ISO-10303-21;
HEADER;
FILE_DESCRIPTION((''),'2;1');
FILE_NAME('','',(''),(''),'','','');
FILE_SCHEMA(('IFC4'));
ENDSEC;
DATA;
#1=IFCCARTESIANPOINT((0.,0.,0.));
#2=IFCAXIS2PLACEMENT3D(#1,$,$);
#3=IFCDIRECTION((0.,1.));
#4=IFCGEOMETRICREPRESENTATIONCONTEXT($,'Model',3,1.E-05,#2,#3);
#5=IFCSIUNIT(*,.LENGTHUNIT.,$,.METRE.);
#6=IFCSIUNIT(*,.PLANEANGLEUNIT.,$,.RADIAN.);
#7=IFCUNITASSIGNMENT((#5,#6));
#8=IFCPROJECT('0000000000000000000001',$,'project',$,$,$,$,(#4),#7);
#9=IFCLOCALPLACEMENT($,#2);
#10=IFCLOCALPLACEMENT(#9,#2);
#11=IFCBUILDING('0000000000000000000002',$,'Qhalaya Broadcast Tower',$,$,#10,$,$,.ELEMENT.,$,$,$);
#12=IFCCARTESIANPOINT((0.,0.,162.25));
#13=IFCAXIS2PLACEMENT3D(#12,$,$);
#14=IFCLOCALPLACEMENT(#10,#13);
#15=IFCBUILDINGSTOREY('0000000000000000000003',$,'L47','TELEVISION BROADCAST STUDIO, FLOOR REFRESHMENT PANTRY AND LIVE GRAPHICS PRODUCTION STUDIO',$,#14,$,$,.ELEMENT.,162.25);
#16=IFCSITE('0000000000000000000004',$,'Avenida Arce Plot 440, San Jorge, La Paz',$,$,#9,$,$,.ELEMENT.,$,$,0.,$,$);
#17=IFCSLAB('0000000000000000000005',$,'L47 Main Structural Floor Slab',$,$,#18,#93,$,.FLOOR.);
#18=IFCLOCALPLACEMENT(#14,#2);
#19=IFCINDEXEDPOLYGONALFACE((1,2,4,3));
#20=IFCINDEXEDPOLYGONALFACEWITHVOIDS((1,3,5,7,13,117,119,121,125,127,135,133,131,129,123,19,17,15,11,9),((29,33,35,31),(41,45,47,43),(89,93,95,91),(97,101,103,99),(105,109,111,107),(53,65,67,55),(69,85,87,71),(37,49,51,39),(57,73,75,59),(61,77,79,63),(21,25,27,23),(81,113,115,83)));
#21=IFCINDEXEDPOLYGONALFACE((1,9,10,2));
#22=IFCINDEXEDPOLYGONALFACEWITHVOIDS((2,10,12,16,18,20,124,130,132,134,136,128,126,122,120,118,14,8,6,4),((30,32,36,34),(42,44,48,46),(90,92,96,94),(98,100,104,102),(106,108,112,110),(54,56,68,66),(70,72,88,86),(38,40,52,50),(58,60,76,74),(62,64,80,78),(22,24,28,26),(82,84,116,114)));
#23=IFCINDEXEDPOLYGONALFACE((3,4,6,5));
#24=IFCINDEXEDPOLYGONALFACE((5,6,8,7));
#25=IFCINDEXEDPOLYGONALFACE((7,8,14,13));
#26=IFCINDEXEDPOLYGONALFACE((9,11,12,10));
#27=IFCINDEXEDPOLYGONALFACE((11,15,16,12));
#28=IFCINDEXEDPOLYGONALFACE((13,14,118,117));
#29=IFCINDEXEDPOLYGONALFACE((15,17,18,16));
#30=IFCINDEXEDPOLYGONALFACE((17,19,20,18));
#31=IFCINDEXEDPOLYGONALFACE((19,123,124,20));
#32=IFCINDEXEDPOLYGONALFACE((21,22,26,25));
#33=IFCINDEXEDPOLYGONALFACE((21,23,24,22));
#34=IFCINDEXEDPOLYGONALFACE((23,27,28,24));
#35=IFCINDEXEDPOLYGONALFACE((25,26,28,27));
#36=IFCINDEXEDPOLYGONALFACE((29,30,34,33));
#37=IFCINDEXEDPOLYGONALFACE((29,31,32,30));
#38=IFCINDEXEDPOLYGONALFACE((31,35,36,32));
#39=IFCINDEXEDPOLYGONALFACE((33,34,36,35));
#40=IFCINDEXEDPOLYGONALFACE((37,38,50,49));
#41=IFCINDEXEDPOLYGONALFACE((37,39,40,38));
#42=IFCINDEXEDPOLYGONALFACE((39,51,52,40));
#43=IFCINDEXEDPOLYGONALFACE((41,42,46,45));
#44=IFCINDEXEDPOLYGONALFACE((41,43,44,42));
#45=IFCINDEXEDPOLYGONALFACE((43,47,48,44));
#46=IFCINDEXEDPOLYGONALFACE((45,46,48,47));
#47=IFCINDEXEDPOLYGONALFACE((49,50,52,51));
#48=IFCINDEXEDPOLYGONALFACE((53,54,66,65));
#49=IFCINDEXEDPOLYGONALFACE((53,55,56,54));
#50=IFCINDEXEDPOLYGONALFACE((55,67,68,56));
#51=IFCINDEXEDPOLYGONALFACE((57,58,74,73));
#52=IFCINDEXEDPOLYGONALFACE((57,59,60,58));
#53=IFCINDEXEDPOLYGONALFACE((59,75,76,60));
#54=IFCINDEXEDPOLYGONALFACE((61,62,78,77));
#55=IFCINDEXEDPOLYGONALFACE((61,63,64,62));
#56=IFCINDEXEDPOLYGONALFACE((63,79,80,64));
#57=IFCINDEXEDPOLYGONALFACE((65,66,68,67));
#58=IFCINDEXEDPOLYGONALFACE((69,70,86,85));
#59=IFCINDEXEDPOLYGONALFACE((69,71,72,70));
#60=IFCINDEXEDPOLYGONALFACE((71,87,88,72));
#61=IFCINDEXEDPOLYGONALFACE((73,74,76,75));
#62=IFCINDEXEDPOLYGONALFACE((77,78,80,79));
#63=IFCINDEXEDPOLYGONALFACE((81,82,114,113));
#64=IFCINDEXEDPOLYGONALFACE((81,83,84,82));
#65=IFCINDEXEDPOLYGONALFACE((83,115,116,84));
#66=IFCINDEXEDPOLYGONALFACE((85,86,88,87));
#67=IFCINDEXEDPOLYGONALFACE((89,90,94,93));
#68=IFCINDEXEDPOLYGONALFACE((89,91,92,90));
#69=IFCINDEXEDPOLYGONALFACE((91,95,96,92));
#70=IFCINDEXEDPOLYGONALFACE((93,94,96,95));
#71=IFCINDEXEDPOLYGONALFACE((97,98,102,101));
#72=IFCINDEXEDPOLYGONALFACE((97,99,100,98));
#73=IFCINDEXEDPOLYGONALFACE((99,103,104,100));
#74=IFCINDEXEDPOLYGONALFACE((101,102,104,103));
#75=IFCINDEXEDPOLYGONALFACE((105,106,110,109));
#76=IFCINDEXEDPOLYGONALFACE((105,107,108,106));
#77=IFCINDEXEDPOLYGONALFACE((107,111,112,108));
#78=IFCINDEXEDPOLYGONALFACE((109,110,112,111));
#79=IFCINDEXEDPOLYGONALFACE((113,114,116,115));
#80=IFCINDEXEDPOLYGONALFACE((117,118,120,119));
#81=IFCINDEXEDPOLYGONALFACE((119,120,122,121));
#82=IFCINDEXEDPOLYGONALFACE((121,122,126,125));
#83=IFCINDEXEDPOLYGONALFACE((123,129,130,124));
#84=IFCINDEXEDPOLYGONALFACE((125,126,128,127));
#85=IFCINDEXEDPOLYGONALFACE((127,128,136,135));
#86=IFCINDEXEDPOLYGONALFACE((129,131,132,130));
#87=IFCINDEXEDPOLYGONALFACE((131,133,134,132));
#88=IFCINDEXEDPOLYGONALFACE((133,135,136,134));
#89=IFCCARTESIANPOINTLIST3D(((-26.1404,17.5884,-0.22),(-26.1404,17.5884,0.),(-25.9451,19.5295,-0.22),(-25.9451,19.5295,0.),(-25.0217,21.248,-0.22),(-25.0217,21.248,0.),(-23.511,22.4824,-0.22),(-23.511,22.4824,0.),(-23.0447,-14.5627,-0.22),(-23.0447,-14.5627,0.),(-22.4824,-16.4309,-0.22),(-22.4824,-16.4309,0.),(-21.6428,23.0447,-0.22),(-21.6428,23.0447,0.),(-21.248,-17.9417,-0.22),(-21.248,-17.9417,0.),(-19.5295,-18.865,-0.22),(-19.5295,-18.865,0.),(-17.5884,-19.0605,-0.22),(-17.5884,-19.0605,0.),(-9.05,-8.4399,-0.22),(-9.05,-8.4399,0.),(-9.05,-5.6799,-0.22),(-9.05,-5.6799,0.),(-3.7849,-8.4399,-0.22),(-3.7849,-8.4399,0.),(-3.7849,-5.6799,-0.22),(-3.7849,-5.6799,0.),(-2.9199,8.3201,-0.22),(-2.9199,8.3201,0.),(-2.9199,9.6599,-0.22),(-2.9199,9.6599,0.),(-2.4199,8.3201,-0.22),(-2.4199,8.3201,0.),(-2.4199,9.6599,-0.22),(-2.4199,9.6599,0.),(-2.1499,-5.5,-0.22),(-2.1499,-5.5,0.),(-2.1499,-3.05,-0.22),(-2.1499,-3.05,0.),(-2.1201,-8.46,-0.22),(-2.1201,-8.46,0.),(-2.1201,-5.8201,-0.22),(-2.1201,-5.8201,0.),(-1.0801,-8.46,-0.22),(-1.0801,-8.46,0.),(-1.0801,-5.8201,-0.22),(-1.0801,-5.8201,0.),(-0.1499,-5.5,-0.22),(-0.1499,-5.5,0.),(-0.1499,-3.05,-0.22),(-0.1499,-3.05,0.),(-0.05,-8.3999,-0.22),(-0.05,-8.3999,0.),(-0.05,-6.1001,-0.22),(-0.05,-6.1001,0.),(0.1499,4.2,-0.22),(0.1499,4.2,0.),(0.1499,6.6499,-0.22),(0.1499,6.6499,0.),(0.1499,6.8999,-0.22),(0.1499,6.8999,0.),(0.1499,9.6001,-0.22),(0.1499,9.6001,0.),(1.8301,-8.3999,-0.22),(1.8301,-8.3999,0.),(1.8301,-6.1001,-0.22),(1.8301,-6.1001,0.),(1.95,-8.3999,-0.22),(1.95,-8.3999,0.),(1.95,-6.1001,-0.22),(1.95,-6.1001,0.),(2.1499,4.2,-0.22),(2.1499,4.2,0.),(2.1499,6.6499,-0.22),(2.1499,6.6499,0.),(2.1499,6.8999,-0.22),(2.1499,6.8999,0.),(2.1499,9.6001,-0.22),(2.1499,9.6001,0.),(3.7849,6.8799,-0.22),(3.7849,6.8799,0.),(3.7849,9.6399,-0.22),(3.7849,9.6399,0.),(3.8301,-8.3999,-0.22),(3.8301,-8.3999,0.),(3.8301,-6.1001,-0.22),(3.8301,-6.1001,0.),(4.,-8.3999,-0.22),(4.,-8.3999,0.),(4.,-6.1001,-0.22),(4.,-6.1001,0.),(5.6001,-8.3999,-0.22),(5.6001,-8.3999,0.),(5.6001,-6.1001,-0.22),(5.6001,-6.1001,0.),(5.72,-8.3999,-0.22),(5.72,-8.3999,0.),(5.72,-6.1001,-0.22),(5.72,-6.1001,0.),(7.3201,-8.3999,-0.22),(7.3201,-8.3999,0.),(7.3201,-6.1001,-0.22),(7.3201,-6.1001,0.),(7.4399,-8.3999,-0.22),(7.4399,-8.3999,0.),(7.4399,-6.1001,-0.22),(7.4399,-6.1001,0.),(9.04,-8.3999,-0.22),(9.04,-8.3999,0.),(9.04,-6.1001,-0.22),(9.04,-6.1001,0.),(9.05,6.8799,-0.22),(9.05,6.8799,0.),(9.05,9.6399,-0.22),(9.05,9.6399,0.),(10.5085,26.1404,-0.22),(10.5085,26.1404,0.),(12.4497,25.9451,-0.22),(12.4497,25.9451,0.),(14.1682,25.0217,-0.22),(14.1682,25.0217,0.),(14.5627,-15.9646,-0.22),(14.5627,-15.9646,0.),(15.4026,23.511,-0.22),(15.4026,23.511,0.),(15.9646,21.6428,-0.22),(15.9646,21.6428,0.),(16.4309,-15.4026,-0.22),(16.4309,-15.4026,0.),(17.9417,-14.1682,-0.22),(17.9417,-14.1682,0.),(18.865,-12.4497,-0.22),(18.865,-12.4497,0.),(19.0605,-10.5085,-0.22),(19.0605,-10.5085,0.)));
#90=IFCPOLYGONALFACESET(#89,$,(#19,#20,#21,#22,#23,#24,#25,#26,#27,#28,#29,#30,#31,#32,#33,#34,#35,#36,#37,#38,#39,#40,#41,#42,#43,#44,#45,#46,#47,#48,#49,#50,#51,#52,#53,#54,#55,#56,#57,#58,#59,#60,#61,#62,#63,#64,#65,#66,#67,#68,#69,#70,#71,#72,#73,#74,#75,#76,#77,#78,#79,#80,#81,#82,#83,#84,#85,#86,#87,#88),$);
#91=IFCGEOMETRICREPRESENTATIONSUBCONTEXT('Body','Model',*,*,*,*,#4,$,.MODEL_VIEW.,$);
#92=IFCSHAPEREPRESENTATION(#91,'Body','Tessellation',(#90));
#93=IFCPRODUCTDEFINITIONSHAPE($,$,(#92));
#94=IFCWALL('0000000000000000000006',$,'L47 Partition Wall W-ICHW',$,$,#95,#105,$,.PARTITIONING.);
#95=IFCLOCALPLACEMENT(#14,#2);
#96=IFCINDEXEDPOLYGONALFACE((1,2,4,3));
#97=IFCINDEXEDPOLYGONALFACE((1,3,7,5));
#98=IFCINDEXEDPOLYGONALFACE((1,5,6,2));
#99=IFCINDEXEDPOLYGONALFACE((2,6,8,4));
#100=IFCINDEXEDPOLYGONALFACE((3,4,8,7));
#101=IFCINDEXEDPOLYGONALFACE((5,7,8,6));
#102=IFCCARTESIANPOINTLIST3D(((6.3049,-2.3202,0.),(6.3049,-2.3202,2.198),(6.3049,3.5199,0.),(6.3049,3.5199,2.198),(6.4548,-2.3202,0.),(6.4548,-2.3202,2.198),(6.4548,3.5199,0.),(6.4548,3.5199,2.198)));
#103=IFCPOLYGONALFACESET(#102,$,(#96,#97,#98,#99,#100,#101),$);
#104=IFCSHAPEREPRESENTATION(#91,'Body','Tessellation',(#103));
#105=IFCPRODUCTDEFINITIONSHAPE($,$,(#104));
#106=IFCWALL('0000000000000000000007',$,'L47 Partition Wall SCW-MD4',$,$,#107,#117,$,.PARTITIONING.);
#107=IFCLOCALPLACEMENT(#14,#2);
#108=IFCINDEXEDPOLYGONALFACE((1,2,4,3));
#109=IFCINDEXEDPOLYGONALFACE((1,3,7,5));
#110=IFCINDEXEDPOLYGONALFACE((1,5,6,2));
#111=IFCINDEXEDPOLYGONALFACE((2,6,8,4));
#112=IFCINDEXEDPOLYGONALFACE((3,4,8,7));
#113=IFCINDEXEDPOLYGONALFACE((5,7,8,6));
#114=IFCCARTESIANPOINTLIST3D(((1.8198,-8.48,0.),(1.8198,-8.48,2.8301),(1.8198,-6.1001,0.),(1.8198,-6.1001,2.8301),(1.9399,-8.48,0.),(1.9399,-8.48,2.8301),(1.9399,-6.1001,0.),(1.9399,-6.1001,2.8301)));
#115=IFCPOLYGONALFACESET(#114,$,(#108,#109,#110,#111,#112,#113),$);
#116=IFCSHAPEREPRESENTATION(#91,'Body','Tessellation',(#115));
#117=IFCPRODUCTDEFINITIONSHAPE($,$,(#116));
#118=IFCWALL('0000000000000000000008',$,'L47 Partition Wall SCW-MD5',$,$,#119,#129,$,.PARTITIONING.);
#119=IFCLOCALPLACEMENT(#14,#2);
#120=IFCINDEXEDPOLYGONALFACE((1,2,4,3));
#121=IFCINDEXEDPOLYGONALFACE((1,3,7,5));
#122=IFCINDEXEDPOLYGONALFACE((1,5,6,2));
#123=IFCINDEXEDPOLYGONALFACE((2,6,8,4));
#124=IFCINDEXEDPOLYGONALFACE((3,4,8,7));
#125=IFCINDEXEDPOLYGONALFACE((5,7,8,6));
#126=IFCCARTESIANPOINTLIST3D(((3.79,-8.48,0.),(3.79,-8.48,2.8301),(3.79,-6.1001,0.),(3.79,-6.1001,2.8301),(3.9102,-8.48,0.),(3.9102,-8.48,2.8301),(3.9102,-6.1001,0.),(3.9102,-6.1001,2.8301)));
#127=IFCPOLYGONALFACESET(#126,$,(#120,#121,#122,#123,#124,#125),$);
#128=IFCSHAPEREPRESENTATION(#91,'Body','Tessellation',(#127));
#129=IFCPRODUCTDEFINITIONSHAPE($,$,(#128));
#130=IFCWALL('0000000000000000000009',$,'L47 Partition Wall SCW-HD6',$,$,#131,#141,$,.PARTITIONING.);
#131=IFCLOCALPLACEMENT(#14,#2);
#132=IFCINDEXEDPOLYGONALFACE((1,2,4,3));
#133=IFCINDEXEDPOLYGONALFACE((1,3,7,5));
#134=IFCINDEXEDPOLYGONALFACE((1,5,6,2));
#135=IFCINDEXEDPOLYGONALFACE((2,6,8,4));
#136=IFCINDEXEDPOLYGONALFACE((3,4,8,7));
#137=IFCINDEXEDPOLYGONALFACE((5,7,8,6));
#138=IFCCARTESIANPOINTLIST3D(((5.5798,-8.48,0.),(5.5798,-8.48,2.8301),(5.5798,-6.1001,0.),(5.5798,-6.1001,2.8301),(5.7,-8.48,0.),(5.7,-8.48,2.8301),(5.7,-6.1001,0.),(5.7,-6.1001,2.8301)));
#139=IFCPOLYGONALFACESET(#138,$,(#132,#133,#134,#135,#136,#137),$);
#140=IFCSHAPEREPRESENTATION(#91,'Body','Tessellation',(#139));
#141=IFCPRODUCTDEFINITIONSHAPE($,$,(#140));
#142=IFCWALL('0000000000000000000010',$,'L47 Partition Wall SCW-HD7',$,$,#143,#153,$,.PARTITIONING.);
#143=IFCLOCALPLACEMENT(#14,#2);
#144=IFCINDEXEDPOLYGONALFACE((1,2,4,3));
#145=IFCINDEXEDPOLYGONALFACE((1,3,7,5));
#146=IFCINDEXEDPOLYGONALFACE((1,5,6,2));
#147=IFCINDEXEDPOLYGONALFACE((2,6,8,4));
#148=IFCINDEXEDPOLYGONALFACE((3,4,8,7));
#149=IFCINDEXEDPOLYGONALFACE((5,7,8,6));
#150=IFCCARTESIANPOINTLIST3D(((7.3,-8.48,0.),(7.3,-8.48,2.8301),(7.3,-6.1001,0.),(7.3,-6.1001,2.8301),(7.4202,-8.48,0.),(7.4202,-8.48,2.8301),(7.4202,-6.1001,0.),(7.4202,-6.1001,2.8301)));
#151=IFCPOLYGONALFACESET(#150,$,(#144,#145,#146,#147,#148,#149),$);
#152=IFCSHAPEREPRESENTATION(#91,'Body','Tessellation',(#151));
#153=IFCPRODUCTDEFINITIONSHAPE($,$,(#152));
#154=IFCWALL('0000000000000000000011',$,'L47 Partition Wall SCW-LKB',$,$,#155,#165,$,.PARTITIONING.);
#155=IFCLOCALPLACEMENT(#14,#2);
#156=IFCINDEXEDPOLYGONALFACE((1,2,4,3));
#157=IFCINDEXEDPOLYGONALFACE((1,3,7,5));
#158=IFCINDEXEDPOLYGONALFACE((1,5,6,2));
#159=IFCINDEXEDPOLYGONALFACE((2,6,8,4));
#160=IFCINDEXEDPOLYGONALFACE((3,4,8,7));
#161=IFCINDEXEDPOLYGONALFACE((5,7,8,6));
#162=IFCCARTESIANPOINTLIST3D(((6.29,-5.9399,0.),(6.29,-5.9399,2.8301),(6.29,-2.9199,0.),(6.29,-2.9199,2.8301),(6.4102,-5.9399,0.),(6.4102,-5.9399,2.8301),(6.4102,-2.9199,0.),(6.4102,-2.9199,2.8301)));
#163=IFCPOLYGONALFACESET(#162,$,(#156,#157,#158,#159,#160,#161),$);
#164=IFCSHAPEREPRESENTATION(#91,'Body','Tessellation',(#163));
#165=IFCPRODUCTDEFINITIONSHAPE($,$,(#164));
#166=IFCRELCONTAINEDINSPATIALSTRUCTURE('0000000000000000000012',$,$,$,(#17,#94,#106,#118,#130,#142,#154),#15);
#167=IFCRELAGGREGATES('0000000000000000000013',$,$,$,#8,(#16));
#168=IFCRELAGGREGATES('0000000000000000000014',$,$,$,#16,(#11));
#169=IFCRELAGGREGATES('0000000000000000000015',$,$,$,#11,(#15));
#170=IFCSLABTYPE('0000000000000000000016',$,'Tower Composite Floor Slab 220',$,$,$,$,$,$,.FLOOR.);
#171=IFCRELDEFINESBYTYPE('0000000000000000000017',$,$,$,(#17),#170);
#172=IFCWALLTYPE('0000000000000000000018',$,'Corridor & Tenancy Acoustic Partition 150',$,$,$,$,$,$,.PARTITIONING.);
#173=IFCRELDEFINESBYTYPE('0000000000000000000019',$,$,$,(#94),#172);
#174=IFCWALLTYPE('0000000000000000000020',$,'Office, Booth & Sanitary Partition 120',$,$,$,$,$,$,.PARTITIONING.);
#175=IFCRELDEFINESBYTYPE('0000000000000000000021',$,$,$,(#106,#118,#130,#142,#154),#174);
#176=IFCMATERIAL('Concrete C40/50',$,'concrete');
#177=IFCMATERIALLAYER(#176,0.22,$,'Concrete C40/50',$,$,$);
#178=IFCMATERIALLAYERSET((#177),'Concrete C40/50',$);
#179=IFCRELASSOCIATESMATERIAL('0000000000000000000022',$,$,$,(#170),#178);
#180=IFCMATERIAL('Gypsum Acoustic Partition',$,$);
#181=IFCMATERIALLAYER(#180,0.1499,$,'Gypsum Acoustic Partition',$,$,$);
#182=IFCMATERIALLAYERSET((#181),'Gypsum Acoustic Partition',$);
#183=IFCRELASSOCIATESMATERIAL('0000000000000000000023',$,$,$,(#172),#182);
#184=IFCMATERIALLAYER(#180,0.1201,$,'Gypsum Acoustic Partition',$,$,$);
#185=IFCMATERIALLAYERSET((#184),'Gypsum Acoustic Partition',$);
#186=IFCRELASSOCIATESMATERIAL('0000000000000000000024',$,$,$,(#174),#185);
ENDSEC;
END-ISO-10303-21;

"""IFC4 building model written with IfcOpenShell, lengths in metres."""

from ifc_helpers import new_model, si_unit, direction, frame, frame_2d, origin, place, context, subcontext, project, spatial, polyline, rectangle, outline, extrude, material, layer, layer_set, type_object, element, save


model = new_model("IFC4")

# Units and contexts
model_context = context("Model", 3, precision=1e-05, world=origin(), true_north=direction((0.0, 1.0)))
body_context = subcontext(model_context, "Body", "Model", "MODEL_VIEW")
ifc_project = project(units=[si_unit("LENGTHUNIT", "METRE"), si_unit("PLANEANGLEUNIT", "RADIAN")], contexts=[model_context])

# Site, building, storey
site_placement = place(None, origin())
site = spatial("IfcSite", under=ifc_project, at=site_placement, Name="Avenida Arce Plot 440, San Jorge, La Paz", CompositionType="ELEMENT", RefElevation=0.0)
building_placement = place(site_placement, origin())
building = spatial("IfcBuilding", under=site, at=building_placement, Name="Qhalaya Broadcast Tower", CompositionType="ELEMENT")
storey_placement = place(building_placement, frame((0.0, 0.0, 162.25)))
storey = spatial("IfcBuildingStorey", under=building, at=storey_placement, Name="L47", Description="TELEVISION BROADCAST STUDIO, FLOOR REFRESHMENT PANTRY AND LIVE GRAPHICS PRODUCTION STUDIO", CompositionType="ELEMENT", Elevation=162.25)

# Shared definitions
ifc_material_1 = material(Name="Concrete C40/50", Category="concrete")

# Slab
ifc_layer_1 = layer(ifc_material_1, 0.22, Name="Concrete C40/50")
ifc_layer_set_1 = layer_set([ifc_layer_1], Name="Concrete C40/50")
slab_type_1 = type_object("IfcSlabType", Name="Tower Composite Floor Slab 220", PredefinedType="FLOOR", material=ifc_layer_set_1)
slab_1_placement = place(storey_placement, frame((0.0, 0.0, -0.22)))
element("IfcSlab", 1, at=slab_1_placement, inside=storey, type_object=slab_type_1, Name="L47 Main Structural Floor Slab", PredefinedType="FLOOR", context=body_context, shape_type="SweptSolid", body=[
    extrude(outline(polyline([(14.5627, -15.9646), (16.4309, -15.4026), (17.9417, -14.1682), (18.865, -12.4497), (19.0605, -10.5085), (15.9646, 21.6428), (15.4026, 23.511), (14.1682, 25.0217), (12.4497, 25.9451), (10.5085, 26.1404), (-21.6428, 23.0447), (-23.511, 22.4824), (-25.0217, 21.248), (-25.9451, 19.5295), (-26.1404, 17.5884), (-23.0447, -14.5627), (-22.4824, -16.4309), (-21.248, -17.9417), (-19.5295, -18.865), (-17.5884, -19.0605), (14.5627, -15.9646)]), holes=[polyline([(3.7849, 9.6399), (9.05, 9.6399), (9.05, 6.8799), (3.7849, 6.8799), (3.7849, 9.6399)]), polyline([(-3.7849, -8.4399), (-9.05, -8.4399), (-9.05, -5.6799), (-3.7849, -5.6799), (-3.7849, -8.4399)]), polyline([(0.1499, 6.6499), (2.1499, 6.6499), (2.1499, 4.2), (0.1499, 4.2), (0.1499, 6.6499)]), polyline([(0.1499, 9.6001), (2.1499, 9.6001), (2.1499, 6.8999), (0.1499, 6.8999), (0.1499, 9.6001)]), polyline([(-2.1499, -3.05), (-0.1499, -3.05), (-0.1499, -5.5), (-2.1499, -5.5), (-2.1499, -3.05)]), polyline([(-0.05, -6.1001), (1.8301, -6.1001), (1.8301, -8.3999), (-0.05, -8.3999), (-0.05, -6.1001)]), polyline([(1.95, -6.1001), (3.8301, -6.1001), (3.8301, -8.3999), (1.95, -8.3999), (1.95, -6.1001)]), polyline([(4.0, -6.1001), (5.6001, -6.1001), (5.6001, -8.3999), (4.0, -8.3999), (4.0, -6.1001)]), polyline([(5.72, -6.1001), (7.3201, -6.1001), (7.3201, -8.3999), (5.72, -8.3999), (5.72, -6.1001)]), polyline([(7.4399, -6.1001), (9.04, -6.1001), (9.04, -8.3999), (7.4399, -8.3999), (7.4399, -6.1001)]), polyline([(-2.9199, 9.6599), (-2.4199, 9.6599), (-2.4199, 8.3201), (-2.9199, 8.3201), (-2.9199, 9.6599)]), polyline([(-2.1201, -5.8201), (-1.0801, -5.8201), (-1.0801, -8.46), (-2.1201, -8.46), (-2.1201, -5.8201)])]), origin(), (0.0, 0.0, 1.0), 0.22),
])

# Walls
ifc_material_2 = material(Name="Gypsum Acoustic Partition")
ifc_layer_2 = layer(ifc_material_2, 0.1499, Name="Gypsum Acoustic Partition")
ifc_layer_set_2 = layer_set([ifc_layer_2], Name="Gypsum Acoustic Partition")
wall_type_1 = type_object("IfcWallType", Name="Corridor & Tenancy Acoustic Partition 150", PredefinedType="PARTITIONING", material=ifc_layer_set_2)
wall_1_placement = place(storey_placement, frame((6.3799, -2.3201, 0.0), z_axis=(0.0, 0.0, 1.0), x_axis=(0.0, 1.0, 0.0)))
element("IfcWall", 2, at=wall_1_placement, inside=storey, type_object=wall_type_1, Name="L47 Partition Wall W-ICHW", PredefinedType="PARTITIONING", context=body_context, shape_type="SweptSolid", body=[
    extrude(rectangle(XDim=5.8401, YDim=0.1499, at=frame_2d((2.9199, 0.0))), origin(), (0.0, 0.0, 1.0), 2.198),
])
ifc_layer_3 = layer(ifc_material_2, 0.1201, Name="Gypsum Acoustic Partition")
ifc_layer_set_3 = layer_set([ifc_layer_3], Name="Gypsum Acoustic Partition")
wall_type_2 = type_object("IfcWallType", Name="Office, Booth & Sanitary Partition 120", PredefinedType="PARTITIONING", material=ifc_layer_set_3)
for number, where, z_axis, x_axis, name in (
    (3, (1.8799, -8.48, 0.0), (0.0, 0.0, 1.0), (0.0, 1.0, 0.0), "L47 Partition Wall SCW-MD4"),
    (4, (3.8501, -8.48, 0.0), (0.0, 0.0, 1.0), (0.0, 1.0, 0.0), "L47 Partition Wall SCW-MD5"),
    (5, (5.6399, -8.48, 0.0), (0.0, 0.0, 1.0), (0.0, 1.0, 0.0), "L47 Partition Wall SCW-HD6"),
    (6, (7.3601, -8.48, 0.0), (0.0, 0.0, 1.0), (0.0, 1.0, 0.0), "L47 Partition Wall SCW-HD7"),
):
    element("IfcWall", number, at=place(storey_placement, frame(where, z_axis=z_axis, x_axis=x_axis)), inside=storey, type_object=wall_type_2, Name=name, PredefinedType="PARTITIONING", context=body_context, shape_type="SweptSolid", body=[
        extrude(rectangle(XDim=2.3799, YDim=0.1201, at=frame_2d((1.1899, 0.0))), origin(), (0.0, 0.0, 1.0), 2.8301),
    ])
wall_2_placement = place(storey_placement, frame((6.3501, -5.9399, 0.0), z_axis=(0.0, 0.0, 1.0), x_axis=(0.0, 1.0, 0.0)))
element("IfcWall", 7, at=wall_2_placement, inside=storey, type_object=wall_type_2, Name="L47 Partition Wall SCW-LKB", PredefinedType="PARTITIONING", context=body_context, shape_type="SweptSolid", body=[
    extrude(rectangle(XDim=3.02, YDim=0.1201, at=frame_2d((1.51, 0.0))), origin(), (0.0, 0.0, 1.0), 2.8301),
])

save(model, "model.ifc")
